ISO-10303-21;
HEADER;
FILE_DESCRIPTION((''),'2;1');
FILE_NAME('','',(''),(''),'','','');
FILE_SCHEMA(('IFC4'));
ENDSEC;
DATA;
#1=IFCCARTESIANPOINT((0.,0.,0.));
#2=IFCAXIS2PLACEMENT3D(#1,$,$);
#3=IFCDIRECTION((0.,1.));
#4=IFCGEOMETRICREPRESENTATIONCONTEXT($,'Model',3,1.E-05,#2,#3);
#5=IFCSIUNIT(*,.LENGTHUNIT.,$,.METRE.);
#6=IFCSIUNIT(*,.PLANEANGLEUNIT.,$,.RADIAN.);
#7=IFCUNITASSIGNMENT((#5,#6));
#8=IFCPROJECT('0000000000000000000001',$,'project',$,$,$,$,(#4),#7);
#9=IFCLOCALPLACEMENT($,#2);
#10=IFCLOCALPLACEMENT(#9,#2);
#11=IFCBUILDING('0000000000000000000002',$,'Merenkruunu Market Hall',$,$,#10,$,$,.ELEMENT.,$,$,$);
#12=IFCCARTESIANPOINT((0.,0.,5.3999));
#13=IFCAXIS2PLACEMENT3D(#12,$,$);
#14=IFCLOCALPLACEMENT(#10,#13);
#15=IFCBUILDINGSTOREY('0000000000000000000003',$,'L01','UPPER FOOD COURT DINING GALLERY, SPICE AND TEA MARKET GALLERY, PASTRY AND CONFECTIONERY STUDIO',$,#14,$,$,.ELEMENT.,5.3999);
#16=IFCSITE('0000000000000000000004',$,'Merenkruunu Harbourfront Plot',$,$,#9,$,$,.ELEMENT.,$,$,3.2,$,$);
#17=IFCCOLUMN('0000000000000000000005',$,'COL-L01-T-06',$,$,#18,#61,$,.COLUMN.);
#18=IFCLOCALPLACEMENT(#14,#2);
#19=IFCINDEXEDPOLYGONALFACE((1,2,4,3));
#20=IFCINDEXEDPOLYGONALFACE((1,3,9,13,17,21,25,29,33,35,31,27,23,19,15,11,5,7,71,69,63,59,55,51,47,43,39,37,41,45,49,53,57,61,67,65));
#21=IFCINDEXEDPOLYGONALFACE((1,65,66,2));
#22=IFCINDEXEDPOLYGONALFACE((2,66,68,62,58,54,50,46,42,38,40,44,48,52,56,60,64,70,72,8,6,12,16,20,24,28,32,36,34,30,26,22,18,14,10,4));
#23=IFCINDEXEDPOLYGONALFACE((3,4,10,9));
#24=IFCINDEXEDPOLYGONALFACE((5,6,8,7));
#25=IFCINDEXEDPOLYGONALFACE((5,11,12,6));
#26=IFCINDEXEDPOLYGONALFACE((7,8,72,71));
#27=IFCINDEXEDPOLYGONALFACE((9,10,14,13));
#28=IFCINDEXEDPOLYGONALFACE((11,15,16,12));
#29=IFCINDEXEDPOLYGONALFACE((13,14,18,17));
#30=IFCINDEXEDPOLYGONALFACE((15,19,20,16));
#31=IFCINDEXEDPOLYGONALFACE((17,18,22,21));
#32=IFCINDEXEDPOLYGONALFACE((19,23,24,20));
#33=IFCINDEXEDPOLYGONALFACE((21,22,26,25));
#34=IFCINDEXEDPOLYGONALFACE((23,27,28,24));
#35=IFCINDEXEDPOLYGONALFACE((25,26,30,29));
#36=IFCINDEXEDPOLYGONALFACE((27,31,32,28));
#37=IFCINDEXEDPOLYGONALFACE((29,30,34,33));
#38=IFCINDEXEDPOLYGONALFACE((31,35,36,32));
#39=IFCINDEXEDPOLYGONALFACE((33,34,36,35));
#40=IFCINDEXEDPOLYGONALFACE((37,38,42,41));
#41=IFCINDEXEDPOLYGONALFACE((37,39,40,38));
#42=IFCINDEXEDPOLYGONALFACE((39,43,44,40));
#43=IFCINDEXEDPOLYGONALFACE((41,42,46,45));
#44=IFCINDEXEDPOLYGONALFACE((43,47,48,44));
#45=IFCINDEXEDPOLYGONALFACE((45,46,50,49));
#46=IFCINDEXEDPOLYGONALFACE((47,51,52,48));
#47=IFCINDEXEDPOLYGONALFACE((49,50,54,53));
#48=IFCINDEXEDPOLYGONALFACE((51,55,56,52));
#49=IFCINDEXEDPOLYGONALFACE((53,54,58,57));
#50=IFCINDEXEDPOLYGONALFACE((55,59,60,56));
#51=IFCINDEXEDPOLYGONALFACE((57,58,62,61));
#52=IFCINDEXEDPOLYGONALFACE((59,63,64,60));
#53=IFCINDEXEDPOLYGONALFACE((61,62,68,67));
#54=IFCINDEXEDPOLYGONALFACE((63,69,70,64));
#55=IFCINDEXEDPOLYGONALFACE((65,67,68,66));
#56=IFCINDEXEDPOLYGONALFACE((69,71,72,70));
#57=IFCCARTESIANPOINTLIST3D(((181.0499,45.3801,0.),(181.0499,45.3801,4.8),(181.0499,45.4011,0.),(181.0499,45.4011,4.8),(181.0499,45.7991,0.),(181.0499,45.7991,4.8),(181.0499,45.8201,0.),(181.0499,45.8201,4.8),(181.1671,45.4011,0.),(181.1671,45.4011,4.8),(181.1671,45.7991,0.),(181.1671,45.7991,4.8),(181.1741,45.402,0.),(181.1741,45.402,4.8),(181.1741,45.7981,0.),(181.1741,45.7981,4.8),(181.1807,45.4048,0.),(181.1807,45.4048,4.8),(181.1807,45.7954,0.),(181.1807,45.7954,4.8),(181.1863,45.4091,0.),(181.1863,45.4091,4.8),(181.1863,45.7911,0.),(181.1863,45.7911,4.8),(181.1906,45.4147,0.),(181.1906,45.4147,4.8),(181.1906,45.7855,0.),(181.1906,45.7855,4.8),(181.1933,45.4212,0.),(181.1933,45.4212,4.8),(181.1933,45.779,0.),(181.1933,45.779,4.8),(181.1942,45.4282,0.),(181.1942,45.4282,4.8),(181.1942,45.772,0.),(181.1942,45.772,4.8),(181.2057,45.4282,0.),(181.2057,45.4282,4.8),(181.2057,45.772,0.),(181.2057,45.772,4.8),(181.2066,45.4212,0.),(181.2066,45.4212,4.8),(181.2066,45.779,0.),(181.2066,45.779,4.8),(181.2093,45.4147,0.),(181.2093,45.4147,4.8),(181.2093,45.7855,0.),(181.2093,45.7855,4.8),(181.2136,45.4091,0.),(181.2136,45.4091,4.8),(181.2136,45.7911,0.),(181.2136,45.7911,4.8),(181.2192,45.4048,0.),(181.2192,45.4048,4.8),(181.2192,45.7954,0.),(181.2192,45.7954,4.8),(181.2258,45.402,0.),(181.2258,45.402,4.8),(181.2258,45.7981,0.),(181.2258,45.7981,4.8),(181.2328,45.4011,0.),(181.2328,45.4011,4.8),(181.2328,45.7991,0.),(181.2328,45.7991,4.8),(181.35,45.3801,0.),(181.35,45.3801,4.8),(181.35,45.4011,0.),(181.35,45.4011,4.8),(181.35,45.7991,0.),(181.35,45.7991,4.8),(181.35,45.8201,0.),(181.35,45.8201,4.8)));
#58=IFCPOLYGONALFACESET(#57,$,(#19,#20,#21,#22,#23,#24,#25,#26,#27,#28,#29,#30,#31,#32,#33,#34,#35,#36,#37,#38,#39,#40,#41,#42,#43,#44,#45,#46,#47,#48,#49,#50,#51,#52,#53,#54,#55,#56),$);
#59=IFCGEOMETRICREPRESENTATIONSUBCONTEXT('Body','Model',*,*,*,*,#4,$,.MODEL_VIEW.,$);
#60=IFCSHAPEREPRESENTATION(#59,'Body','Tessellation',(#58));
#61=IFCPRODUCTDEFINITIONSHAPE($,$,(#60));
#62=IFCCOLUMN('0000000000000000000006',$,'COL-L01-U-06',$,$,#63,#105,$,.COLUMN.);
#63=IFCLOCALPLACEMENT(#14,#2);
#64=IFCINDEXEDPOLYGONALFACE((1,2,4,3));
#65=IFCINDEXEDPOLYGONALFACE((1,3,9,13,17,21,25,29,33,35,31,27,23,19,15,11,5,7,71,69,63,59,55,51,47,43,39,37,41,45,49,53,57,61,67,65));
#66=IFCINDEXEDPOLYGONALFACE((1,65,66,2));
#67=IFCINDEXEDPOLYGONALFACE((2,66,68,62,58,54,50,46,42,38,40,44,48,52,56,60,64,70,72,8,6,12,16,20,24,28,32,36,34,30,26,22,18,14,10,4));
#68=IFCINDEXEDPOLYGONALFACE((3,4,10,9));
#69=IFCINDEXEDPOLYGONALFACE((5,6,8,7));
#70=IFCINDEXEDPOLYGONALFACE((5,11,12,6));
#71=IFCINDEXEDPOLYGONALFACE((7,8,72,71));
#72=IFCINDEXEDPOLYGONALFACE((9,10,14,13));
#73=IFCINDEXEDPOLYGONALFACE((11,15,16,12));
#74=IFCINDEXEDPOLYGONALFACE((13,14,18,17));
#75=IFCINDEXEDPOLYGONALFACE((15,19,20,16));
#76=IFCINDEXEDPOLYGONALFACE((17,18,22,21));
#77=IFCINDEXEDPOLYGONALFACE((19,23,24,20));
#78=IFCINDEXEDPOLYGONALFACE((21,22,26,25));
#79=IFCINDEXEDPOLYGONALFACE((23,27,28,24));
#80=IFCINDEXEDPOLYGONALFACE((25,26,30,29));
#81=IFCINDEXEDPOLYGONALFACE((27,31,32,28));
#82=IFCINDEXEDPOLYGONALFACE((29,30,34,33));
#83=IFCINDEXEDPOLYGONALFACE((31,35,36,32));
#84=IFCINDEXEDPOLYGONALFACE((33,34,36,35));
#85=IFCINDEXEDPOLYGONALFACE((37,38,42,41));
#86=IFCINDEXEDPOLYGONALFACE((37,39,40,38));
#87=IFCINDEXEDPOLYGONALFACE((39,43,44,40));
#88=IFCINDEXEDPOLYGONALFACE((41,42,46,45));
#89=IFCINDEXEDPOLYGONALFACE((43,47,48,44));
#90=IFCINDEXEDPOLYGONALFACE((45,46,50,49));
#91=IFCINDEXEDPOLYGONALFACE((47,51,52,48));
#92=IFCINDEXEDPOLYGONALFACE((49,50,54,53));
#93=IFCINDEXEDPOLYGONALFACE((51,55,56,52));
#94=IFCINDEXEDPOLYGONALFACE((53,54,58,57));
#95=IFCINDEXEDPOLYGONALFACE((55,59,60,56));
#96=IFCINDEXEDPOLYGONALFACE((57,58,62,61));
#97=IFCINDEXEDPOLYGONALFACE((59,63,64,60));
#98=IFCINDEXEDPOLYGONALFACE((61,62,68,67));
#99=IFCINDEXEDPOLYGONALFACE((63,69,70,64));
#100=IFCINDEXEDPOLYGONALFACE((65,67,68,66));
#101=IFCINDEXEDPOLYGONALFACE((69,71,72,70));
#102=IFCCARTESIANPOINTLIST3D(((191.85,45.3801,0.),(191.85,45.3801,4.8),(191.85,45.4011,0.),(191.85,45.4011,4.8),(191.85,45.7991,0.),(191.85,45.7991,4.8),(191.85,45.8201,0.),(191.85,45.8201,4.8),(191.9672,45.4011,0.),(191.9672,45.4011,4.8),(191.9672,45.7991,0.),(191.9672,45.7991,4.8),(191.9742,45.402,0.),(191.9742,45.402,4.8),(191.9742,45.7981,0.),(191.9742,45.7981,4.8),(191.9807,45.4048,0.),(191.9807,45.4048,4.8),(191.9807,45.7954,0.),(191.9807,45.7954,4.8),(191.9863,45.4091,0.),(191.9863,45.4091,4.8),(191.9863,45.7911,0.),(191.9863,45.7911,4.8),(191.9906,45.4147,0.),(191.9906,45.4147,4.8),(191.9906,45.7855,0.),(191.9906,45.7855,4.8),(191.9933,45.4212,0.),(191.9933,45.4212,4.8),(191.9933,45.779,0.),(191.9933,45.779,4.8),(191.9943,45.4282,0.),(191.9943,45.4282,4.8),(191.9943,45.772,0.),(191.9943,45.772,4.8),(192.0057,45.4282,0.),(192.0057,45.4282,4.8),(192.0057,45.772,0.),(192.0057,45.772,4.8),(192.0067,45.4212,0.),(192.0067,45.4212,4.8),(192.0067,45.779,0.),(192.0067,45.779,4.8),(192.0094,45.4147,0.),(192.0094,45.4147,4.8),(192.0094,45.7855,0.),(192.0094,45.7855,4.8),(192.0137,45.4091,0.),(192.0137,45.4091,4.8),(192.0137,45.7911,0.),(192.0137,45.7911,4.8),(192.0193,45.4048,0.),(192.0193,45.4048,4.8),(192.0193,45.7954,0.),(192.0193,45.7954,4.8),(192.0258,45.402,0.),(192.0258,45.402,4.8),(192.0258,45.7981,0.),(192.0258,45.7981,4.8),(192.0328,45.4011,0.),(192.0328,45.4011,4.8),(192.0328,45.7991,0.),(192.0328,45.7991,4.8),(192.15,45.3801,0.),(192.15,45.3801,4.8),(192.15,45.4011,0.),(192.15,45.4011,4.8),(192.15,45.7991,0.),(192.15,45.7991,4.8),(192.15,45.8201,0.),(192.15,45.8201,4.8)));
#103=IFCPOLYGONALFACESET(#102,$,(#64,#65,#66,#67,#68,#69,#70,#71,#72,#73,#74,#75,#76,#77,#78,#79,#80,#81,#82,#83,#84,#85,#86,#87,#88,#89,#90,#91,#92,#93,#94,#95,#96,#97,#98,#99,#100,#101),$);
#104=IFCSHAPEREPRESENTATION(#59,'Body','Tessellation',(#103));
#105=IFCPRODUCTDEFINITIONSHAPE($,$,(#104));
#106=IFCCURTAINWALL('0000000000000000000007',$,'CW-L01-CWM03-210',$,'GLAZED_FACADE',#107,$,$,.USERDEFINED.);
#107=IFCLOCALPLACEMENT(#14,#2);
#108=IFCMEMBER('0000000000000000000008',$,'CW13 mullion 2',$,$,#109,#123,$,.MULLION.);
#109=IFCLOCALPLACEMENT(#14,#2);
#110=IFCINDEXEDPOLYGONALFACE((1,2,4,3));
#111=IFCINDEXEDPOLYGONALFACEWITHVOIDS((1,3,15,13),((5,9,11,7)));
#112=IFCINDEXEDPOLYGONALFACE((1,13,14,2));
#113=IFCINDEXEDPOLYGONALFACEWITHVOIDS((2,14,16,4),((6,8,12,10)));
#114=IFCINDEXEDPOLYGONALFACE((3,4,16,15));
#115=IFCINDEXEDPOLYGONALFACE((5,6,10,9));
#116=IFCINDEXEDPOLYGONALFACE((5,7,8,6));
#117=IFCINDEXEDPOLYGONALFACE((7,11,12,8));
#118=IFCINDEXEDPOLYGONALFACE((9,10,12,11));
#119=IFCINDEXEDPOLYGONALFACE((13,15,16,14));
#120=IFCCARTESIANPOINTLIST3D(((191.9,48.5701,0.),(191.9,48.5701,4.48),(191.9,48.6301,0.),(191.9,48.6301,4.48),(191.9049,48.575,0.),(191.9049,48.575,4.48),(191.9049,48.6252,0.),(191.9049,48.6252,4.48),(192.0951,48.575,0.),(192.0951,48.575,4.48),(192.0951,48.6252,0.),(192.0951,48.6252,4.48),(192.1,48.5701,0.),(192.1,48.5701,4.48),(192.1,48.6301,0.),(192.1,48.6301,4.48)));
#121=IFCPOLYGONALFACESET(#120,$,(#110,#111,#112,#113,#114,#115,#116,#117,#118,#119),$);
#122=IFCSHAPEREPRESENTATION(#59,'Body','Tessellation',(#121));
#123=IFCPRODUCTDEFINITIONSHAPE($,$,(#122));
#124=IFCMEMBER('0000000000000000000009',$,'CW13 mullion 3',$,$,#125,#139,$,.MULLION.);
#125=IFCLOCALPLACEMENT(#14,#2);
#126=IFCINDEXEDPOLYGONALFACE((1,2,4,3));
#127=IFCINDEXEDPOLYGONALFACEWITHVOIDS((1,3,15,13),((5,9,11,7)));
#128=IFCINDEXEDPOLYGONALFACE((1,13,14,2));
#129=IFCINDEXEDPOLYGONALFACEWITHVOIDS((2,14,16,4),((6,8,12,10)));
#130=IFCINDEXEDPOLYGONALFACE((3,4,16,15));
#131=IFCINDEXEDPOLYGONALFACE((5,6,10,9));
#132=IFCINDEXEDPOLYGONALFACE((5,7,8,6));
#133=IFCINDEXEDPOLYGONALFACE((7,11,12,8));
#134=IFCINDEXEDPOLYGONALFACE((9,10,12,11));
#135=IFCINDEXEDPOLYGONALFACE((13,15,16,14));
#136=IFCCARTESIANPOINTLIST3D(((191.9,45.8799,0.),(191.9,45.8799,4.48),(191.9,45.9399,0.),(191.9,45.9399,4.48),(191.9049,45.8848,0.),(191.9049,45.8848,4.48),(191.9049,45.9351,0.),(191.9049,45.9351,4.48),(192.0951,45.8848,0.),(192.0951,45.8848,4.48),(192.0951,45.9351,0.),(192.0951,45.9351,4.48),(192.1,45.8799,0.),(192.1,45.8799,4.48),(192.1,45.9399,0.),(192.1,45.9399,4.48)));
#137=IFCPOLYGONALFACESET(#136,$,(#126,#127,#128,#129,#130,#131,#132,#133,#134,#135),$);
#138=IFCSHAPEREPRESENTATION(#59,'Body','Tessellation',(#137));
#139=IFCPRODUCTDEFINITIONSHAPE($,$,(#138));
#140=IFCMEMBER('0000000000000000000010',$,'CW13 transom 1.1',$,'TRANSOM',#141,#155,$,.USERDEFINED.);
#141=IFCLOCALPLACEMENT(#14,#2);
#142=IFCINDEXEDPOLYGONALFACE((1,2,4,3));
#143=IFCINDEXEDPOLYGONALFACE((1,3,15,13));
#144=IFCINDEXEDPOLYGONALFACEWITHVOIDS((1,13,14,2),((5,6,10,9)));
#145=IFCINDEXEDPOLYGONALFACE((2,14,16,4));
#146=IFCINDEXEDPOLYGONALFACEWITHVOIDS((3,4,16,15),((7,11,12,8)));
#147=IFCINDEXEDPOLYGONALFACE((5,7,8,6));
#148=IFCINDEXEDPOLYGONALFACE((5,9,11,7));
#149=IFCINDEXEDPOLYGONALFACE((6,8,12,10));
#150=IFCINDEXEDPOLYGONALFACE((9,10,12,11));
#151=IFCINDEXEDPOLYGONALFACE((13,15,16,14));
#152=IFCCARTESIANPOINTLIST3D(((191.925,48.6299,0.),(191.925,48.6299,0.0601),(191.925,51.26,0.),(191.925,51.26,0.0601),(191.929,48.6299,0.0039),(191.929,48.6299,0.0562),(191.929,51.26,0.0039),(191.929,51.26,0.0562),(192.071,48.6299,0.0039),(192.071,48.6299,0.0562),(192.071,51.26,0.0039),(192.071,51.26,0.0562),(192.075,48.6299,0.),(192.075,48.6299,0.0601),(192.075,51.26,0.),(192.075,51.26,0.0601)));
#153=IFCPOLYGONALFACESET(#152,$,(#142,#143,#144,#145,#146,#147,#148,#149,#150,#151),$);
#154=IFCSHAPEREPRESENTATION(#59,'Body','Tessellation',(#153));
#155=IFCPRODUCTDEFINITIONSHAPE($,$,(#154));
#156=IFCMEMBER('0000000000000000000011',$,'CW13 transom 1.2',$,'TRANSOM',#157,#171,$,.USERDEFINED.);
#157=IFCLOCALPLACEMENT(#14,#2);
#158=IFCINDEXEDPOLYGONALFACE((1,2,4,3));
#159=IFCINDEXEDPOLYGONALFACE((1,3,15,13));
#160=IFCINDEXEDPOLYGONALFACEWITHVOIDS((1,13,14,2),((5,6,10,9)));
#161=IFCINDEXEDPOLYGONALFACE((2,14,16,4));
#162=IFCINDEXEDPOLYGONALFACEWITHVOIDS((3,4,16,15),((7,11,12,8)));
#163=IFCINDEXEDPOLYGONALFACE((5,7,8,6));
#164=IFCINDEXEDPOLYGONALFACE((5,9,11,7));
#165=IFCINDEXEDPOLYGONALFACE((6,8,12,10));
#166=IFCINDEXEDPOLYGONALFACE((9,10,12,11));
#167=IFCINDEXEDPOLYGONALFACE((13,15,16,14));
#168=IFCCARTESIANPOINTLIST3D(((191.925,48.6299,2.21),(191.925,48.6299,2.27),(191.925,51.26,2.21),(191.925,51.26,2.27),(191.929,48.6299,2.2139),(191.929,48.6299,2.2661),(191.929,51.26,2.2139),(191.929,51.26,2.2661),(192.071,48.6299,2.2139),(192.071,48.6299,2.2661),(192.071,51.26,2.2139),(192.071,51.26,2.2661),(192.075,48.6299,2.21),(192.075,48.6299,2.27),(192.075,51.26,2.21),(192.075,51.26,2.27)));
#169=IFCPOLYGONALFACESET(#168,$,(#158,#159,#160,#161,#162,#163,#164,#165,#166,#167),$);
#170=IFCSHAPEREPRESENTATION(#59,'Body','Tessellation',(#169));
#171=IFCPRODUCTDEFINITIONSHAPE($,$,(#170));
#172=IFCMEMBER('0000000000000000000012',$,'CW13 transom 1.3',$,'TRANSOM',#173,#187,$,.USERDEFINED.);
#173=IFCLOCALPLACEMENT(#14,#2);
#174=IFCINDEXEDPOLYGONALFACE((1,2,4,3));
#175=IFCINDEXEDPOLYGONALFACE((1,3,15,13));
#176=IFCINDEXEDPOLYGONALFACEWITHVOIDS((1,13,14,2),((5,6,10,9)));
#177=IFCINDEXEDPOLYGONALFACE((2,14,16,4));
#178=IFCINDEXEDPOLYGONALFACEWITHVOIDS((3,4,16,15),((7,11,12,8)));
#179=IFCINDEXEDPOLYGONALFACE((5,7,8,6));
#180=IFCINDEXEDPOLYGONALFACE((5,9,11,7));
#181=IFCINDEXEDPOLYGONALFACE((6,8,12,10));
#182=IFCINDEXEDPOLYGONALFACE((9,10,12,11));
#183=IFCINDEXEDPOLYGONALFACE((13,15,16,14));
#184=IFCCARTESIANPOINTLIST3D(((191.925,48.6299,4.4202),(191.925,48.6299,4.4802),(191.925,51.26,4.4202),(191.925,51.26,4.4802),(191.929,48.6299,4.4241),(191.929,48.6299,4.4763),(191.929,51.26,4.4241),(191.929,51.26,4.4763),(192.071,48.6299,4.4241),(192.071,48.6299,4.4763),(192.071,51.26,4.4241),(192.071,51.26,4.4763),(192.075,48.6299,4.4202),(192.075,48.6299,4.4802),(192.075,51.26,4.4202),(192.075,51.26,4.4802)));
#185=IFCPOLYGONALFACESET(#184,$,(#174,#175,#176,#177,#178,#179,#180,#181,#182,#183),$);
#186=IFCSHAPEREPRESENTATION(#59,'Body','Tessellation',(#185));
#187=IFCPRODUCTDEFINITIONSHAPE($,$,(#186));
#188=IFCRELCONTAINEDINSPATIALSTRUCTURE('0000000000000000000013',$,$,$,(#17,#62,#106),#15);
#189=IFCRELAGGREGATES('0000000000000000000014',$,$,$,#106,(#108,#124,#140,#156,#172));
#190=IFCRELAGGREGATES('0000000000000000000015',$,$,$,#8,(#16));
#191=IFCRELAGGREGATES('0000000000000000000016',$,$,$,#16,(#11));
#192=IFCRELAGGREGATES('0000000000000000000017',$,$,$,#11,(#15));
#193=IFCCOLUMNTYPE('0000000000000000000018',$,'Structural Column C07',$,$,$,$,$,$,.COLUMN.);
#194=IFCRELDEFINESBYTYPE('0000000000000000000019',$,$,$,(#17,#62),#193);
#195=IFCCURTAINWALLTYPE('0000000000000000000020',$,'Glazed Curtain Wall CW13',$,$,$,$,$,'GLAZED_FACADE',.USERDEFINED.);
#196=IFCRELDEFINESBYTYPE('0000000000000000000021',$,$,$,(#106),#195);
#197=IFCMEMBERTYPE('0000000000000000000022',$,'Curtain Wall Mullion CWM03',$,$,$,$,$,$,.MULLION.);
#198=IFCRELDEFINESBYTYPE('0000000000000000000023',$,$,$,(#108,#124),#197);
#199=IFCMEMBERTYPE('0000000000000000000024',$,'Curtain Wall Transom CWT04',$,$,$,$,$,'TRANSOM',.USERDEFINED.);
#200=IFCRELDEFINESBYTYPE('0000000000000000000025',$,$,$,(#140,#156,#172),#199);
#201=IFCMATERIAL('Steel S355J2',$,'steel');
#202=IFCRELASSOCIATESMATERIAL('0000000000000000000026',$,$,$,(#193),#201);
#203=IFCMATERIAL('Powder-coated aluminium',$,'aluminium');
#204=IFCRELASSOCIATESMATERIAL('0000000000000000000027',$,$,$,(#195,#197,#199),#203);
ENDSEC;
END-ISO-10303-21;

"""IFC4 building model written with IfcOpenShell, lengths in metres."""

from ifc_helpers import new_model, si_unit, direction, frame, origin, origin_2d, place, context, subcontext, project, spatial, hollow_rectangle, i_section, extrude, material, material_profile, profile_set, type_object, element, aggregate, save


model = new_model("IFC4")

# Units and contexts
model_context = context("Model", 3, precision=1e-05, world=origin(), true_north=direction((0.0, 1.0)))
body_context = subcontext(model_context, "Body", "Model", "MODEL_VIEW")
ifc_project = project(units=[si_unit("LENGTHUNIT", "METRE"), si_unit("PLANEANGLEUNIT", "RADIAN")], contexts=[model_context])

# Site, building, storey
site_placement = place(None, origin())
site = spatial("IfcSite", under=ifc_project, at=site_placement, Name="Merenkruunu Harbourfront Plot", CompositionType="ELEMENT", RefElevation=3.2)
building_placement = place(site_placement, origin())
building = spatial("IfcBuilding", under=site, at=building_placement, Name="Merenkruunu Market Hall", CompositionType="ELEMENT")
storey_placement = place(building_placement, frame((0.0, 0.0, 5.3999)))
storey = spatial("IfcBuildingStorey", under=building, at=storey_placement, Name="L01", Description="UPPER FOOD COURT DINING GALLERY, SPICE AND TEA MARKET GALLERY, PASTRY AND CONFECTIONERY STUDIO", CompositionType="ELEMENT", Elevation=5.3999)

# Columns
ifc_material_1 = material(Name="Steel S355J2", Category="steel")
ifc_material_profile_1 = material_profile(ifc_material_1, i_section(OverallWidth=0.3, OverallDepth=0.4399, WebThickness=0.0115, FlangeThickness=0.021, FilletRadius=0.0271, at=origin_2d()), Name="HEA 450")
ifc_profile_set_1 = profile_set([ifc_material_profile_1], Name="Steel S355J2")
column_type_1 = type_object("IfcColumnType", Name="Structural Column C07", PredefinedType="COLUMN", material=ifc_profile_set_1)
for number, where, z_axis, x_axis, name in (
    (1, (181.2, 45.6001, 0.0), (0.0, 0.0, 1.0), (1.0, 0.0, 0.0), "COL-L01-T-06"),
    (2, (192.0, 45.6001, 0.0), (0.0, 0.0, 1.0), (1.0, 0.0, 0.0), "COL-L01-U-06"),
):
    element("IfcColumn", number, at=place(storey_placement, frame(where, z_axis=z_axis, x_axis=x_axis)), inside=storey, type_object=column_type_1, Name=name, PredefinedType="COLUMN", context=body_context, shape_type="SweptSolid", body=[
        extrude(i_section(OverallWidth=0.3, OverallDepth=0.4399, WebThickness=0.0115, FlangeThickness=0.021, FilletRadius=0.0271, at=origin_2d()), origin(), (0.0, 0.0, 1.0), 4.8),
    ])

# Curtain wall, members
ifc_material_2 = material(Name="Powder-coated aluminium", Category="aluminium")
curtain_wall_type = type_object("IfcCurtainWallType", Name="Glazed Curtain Wall CW13", ElementType="GLAZED_FACADE", PredefinedType="USERDEFINED", material=ifc_material_2)
curtain_wall_placement = place(storey_placement, origin())
curtain_wall = element("IfcCurtainWall", 3, at=curtain_wall_placement, inside=storey, type_object=curtain_wall_type, Name="CW-L01-CWM03-210", ObjectType="GLAZED_FACADE", PredefinedType="USERDEFINED")
ifc_material_profile_2 = material_profile(ifc_material_2, hollow_rectangle(XDim=0.0601, YDim=0.2, WallThickness=0.0049, at=origin_2d()), Name="ALU 60x200x5")
ifc_profile_set_2 = profile_set([ifc_material_profile_2], Name="Powder-coated aluminium")
member_type_1 = type_object("IfcMemberType", Name="Curtain Wall Mullion CWM03", PredefinedType="MULLION", material=ifc_profile_set_2)
member_1_placement = place(storey_placement, frame((192.0, 48.6001, 0.0), z_axis=(0.0, 0.0, 1.0), x_axis=(0.0, -1.0, 0.0)))
member_1 = element("IfcMember", 4, at=member_1_placement, type_object=member_type_1, Name="CW13 mullion 2", PredefinedType="MULLION", context=body_context, shape_type="SweptSolid", body=[
    extrude(hollow_rectangle(XDim=0.0601, YDim=0.2, WallThickness=0.0049, at=origin_2d()), origin(), (0.0, 0.0, 1.0), 4.48),
])
member_2_placement = place(storey_placement, frame((192.0, 45.9099, 0.0), z_axis=(0.0, 0.0, 1.0), x_axis=(0.0, -1.0, 0.0)))
member_2 = element("IfcMember", 5, at=member_2_placement, type_object=member_type_1, Name="CW13 mullion 3", PredefinedType="MULLION", context=body_context, shape_type="SweptSolid", body=[
    extrude(hollow_rectangle(XDim=0.0601, YDim=0.2, WallThickness=0.0049, at=origin_2d()), origin(), (0.0, 0.0, 1.0), 4.48),
])
ifc_material_profile_3 = material_profile(ifc_material_2, hollow_rectangle(XDim=0.0601, YDim=0.1499, WallThickness=0.0039, at=origin_2d()), Name="ALU 60x150x4")
ifc_profile_set_3 = profile_set([ifc_material_profile_3], Name="Powder-coated aluminium")
member_type_2 = type_object("IfcMemberType", Name="Curtain Wall Transom CWT04", ElementType="TRANSOM", PredefinedType="USERDEFINED", material=ifc_profile_set_3)
member_3_placement = place(storey_placement, frame((192.0, 51.26, 0.03), z_axis=(0.0, -1.0, 0.0), x_axis=(0.0, 0.0, 1.0)))
member_3 = element("IfcMember", 6, at=member_3_placement, type_object=member_type_2, Name="CW13 transom 1.1", ObjectType="TRANSOM", PredefinedType="USERDEFINED", context=body_context, shape_type="SweptSolid", body=[
    extrude(hollow_rectangle(XDim=0.0601, YDim=0.1499, WallThickness=0.0039, at=origin_2d()), origin(), (0.0, 0.0, 1.0), 2.6301),
])
member_4_placement = place(storey_placement, frame((192.0, 51.26, 2.24), z_axis=(0.0, -1.0, 0.0), x_axis=(0.0, 0.0, 1.0)))
member_4 = element("IfcMember", 7, at=member_4_placement, type_object=member_type_2, Name="CW13 transom 1.2", ObjectType="TRANSOM", PredefinedType="USERDEFINED", context=body_context, shape_type="SweptSolid", body=[
    extrude(hollow_rectangle(XDim=0.0601, YDim=0.1499, WallThickness=0.0039, at=origin_2d()), origin(), (0.0, 0.0, 1.0), 2.6301),
])
member_5_placement = place(storey_placement, frame((192.0, 51.26, 4.4502), z_axis=(0.0, -1.0, 0.0), x_axis=(0.0, 0.0, 1.0)))
member_5 = element("IfcMember", 8, at=member_5_placement, type_object=member_type_2, Name="CW13 transom 1.3", ObjectType="TRANSOM", PredefinedType="USERDEFINED", context=body_context, shape_type="SweptSolid", body=[
    extrude(hollow_rectangle(XDim=0.0601, YDim=0.1499, WallThickness=0.0039, at=origin_2d()), origin(), (0.0, 0.0, 1.0), 2.6301),
])

aggregate(curtain_wall, [member_1, member_2, member_3, member_4, member_5])

save(model, "model.ifc")
